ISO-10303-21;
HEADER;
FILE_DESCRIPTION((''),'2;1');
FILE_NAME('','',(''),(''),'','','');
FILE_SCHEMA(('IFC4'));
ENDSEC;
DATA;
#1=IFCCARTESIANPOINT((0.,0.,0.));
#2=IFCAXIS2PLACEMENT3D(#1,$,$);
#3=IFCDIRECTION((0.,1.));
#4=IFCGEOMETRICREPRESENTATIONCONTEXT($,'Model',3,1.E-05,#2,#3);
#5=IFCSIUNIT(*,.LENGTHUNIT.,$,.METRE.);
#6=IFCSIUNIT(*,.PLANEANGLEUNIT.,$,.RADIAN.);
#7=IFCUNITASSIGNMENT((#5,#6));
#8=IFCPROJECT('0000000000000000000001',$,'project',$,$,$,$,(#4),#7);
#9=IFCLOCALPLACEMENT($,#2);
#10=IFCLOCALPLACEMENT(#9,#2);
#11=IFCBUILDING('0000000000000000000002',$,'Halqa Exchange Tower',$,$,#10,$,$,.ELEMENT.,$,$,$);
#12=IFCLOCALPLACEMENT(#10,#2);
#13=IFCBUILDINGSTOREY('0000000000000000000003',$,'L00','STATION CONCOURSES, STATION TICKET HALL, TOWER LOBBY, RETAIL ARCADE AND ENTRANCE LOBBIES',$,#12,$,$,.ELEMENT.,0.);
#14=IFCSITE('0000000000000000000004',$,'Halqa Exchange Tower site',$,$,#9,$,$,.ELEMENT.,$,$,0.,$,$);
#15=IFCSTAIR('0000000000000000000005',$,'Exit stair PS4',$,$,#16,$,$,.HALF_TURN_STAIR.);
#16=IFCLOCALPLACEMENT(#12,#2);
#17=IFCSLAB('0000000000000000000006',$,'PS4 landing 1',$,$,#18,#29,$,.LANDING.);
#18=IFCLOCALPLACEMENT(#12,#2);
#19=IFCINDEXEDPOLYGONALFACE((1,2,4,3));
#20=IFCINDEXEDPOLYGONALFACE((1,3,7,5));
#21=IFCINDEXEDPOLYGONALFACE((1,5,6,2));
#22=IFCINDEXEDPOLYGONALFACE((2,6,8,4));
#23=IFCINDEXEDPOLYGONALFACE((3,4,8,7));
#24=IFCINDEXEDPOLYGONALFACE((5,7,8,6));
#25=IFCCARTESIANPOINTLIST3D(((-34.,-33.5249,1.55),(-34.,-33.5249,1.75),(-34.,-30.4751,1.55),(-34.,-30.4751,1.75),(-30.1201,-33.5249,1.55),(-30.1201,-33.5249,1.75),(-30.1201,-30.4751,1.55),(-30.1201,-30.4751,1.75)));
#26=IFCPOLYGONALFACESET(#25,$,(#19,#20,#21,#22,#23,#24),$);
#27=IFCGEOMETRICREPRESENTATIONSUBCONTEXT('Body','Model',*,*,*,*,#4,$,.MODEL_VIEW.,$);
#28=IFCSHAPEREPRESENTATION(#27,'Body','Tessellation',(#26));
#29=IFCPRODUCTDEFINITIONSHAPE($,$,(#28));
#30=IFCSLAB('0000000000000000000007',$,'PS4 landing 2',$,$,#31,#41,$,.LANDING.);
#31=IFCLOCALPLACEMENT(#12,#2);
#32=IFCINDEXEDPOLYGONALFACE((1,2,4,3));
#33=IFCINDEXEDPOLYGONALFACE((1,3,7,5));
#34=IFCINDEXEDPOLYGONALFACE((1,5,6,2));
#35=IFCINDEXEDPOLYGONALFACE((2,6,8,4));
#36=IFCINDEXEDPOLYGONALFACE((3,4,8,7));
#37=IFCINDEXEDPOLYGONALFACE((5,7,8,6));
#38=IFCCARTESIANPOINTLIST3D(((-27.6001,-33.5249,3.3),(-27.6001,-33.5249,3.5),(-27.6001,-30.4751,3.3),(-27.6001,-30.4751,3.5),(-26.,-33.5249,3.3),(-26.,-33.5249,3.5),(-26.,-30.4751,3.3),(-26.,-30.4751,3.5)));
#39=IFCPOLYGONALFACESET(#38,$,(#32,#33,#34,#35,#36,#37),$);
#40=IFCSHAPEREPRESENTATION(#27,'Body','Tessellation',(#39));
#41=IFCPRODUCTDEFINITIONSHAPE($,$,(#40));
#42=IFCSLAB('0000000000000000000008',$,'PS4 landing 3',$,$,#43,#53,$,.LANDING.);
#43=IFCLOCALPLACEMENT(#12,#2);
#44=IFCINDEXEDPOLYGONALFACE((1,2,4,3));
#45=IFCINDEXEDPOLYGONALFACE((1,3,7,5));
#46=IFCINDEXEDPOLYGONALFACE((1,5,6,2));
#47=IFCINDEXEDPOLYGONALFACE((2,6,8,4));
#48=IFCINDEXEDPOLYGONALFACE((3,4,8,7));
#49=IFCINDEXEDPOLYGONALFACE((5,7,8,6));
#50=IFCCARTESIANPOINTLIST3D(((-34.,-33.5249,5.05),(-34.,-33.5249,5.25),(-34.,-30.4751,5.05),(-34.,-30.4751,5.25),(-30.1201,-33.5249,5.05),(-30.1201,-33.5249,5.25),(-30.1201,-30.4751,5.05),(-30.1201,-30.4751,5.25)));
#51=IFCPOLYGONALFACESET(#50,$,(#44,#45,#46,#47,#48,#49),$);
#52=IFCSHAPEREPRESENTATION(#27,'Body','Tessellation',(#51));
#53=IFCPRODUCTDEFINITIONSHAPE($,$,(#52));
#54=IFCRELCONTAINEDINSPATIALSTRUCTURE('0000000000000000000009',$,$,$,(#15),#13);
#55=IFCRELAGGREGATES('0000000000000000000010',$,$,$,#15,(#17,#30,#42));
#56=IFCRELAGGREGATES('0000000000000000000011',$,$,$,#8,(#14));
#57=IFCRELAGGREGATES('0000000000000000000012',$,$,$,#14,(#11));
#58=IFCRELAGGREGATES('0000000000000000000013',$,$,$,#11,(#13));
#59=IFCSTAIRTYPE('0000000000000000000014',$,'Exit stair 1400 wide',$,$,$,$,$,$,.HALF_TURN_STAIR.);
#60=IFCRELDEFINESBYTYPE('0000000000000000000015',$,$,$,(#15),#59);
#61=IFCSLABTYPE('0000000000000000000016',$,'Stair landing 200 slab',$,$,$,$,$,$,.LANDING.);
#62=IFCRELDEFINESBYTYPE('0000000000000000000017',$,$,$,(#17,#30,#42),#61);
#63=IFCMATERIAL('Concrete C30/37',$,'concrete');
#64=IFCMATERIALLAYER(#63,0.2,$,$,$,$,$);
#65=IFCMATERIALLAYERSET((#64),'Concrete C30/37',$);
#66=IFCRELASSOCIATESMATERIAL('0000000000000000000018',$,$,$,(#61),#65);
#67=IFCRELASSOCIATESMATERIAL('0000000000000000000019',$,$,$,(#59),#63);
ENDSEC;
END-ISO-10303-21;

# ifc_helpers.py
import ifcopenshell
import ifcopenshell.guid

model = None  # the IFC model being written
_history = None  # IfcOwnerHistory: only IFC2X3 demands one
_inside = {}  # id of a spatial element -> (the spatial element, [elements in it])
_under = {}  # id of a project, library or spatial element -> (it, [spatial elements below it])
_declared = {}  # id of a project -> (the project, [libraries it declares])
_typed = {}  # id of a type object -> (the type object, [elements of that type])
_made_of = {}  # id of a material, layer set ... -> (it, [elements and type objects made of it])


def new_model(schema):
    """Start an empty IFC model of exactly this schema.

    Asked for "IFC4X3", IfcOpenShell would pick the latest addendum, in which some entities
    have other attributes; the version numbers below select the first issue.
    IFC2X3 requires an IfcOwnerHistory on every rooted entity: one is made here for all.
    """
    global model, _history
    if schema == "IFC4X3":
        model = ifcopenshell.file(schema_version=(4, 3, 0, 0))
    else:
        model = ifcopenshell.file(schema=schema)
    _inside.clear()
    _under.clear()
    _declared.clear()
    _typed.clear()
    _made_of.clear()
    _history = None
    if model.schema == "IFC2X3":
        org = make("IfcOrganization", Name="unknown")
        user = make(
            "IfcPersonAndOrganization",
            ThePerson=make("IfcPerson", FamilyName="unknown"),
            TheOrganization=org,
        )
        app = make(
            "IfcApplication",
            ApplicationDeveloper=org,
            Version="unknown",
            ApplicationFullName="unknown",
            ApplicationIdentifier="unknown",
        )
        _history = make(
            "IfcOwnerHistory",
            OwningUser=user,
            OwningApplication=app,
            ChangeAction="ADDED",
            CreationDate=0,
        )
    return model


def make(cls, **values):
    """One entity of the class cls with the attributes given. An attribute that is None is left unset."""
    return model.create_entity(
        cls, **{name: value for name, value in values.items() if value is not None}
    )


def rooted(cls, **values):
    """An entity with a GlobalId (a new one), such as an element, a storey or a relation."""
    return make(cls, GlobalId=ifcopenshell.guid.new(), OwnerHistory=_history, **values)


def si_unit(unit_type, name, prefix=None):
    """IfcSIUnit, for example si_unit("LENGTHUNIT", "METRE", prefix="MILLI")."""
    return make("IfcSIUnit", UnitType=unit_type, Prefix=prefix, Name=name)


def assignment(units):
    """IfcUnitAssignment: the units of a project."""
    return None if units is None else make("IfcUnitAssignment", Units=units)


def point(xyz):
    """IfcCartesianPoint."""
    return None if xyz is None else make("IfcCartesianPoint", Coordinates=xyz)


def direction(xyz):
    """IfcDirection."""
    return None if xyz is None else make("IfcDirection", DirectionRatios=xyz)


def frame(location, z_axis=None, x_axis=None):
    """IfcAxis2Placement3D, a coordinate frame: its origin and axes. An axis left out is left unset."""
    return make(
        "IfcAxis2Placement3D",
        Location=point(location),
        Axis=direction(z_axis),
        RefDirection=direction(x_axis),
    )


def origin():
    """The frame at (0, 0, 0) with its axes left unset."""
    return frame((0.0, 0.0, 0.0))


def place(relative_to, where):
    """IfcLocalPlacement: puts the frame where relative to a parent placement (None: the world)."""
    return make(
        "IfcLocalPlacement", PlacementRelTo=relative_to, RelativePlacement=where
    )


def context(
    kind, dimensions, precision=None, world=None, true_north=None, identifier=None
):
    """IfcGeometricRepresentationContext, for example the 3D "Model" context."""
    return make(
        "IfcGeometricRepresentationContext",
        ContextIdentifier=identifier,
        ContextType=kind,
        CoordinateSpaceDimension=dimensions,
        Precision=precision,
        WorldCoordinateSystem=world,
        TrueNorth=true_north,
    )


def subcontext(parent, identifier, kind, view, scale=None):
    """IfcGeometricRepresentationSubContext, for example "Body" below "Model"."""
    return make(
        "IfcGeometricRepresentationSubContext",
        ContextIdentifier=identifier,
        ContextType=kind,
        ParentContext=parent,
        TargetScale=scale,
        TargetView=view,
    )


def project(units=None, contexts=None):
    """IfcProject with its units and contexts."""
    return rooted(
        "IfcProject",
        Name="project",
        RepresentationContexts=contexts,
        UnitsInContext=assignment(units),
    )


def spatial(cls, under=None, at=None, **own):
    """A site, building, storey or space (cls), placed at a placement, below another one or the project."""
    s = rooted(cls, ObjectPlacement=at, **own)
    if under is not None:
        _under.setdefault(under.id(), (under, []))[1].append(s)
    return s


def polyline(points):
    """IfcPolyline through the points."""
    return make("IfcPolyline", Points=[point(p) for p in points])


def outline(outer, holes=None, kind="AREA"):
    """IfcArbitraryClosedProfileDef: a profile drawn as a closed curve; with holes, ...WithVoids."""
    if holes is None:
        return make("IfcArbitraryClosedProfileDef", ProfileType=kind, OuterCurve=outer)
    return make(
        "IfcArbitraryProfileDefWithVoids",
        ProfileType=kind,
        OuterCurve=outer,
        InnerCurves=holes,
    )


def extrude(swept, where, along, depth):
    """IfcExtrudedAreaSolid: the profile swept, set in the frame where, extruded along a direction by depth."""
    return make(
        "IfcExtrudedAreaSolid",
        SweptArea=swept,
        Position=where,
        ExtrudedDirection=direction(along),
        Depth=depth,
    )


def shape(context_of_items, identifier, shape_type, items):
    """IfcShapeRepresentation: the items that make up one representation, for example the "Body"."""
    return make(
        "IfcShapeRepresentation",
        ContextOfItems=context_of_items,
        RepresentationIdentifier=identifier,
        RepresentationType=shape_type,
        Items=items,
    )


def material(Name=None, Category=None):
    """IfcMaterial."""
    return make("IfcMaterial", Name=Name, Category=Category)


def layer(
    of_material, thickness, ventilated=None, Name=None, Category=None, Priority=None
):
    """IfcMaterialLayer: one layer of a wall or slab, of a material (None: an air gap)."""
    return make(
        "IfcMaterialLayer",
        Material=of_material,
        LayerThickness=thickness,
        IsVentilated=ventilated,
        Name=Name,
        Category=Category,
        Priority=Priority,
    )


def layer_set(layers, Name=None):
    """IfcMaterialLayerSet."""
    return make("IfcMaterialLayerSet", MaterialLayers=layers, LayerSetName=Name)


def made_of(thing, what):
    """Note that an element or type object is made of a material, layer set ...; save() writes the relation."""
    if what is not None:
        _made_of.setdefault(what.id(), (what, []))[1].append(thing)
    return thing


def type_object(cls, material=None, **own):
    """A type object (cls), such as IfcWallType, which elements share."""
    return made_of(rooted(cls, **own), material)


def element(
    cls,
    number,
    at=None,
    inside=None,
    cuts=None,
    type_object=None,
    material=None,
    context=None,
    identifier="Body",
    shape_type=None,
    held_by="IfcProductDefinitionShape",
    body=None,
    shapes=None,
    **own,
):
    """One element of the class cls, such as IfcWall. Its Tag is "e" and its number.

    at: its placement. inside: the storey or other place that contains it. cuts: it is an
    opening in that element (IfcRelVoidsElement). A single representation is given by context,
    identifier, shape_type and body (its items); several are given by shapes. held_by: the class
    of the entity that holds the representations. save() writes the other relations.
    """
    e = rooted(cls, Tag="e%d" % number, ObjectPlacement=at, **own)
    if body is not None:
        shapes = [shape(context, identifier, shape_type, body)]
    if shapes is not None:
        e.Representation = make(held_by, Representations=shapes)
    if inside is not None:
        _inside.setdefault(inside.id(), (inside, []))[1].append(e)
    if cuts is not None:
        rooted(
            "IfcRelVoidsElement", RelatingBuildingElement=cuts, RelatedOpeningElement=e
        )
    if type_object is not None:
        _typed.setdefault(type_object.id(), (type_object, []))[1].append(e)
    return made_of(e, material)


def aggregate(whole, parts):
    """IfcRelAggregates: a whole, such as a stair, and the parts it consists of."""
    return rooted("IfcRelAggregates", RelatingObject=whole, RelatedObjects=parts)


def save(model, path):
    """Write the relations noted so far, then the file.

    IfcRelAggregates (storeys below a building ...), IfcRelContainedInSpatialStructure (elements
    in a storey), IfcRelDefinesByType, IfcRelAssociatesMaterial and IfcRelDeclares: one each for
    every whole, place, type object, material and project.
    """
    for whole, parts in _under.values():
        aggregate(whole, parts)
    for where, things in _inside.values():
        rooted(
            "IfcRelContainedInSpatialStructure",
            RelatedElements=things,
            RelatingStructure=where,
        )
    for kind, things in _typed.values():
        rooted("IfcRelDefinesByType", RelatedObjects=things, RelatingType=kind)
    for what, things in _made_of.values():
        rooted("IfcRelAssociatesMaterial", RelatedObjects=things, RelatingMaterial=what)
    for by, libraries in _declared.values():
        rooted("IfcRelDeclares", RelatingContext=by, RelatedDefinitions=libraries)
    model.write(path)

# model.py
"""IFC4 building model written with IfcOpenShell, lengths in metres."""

from ifc_helpers import new_model, si_unit, direction, frame, origin, place, context, subcontext, project, spatial, polyline, outline, extrude, material, layer, layer_set, type_object, element, aggregate, save


model = new_model("IFC4")

# Units and contexts
model_context = context("Model", 3, precision=1e-05, world=origin(), true_north=direction((0.0, 1.0)))
body_context = subcontext(model_context, "Body", "Model", "MODEL_VIEW")
ifc_project = project(units=[si_unit("LENGTHUNIT", "METRE"), si_unit("PLANEANGLEUNIT", "RADIAN")], contexts=[model_context])

# Site, building, storey
site_placement = place(None, origin())
site = spatial("IfcSite", under=ifc_project, at=site_placement, Name="Halqa Exchange Tower site", CompositionType="ELEMENT", RefElevation=0.0)
building_placement = place(site_placement, origin())
building = spatial("IfcBuilding", under=site, at=building_placement, Name="Halqa Exchange Tower", CompositionType="ELEMENT")
storey_placement = place(building_placement, origin())
storey = spatial("IfcBuildingStorey", under=building, at=storey_placement, Name="L00", Description="STATION CONCOURSES, STATION TICKET HALL, TOWER LOBBY, RETAIL ARCADE AND ENTRANCE LOBBIES", CompositionType="ELEMENT", Elevation=0.0)

# Stair, slabs
ifc_material_1 = material(Name="Concrete C30/37", Category="concrete")
ifc_layer_1 = layer(ifc_material_1, 0.2)
ifc_layer_set_1 = layer_set([ifc_layer_1], Name="Concrete C30/37")
slab_type_1 = type_object("IfcSlabType", Name="Stair landing 200 slab", PredefinedType="LANDING", material=ifc_layer_set_1)
stair_type_1 = type_object("IfcStairType", Name="Exit stair 1400 wide", PredefinedType="HALF_TURN_STAIR", material=ifc_material_1)
stair_1_placement = place(storey_placement, origin())
stair_1 = element("IfcStair", 1, at=stair_1_placement, inside=storey, type_object=stair_type_1, Name="Exit stair PS4", PredefinedType="HALF_TURN_STAIR")
slab_1_placement = place(storey_placement, frame((0.0, 0.0, 1.55)))
slab_1 = element("IfcSlab", 2, at=slab_1_placement, type_object=slab_type_1, Name="PS4 landing 1", PredefinedType="LANDING", context=body_context, shape_type="SweptSolid", body=[
    extrude(outline(polyline([(-34.0, -33.5249), (-30.1201, -33.5249), (-30.1201, -30.4751), (-34.0, -30.4751), (-34.0, -33.5249)])), origin(), (0.0, 0.0, 1.0), 0.2),
])
slab_2_placement = place(storey_placement, frame((0.0, 0.0, 3.3)))
slab_2 = element("IfcSlab", 3, at=slab_2_placement, type_object=slab_type_1, Name="PS4 landing 2", PredefinedType="LANDING", context=body_context, shape_type="SweptSolid", body=[
    extrude(outline(polyline([(-27.6001, -33.5249), (-26.0, -33.5249), (-26.0, -30.4751), (-27.6001, -30.4751), (-27.6001, -33.5249)])), origin(), (0.0, 0.0, 1.0), 0.2),
])
slab_3_placement = place(storey_placement, frame((0.0, 0.0, 5.05)))
slab_3 = element("IfcSlab", 4, at=slab_3_placement, type_object=slab_type_1, Name="PS4 landing 3", PredefinedType="LANDING", context=body_context, shape_type="SweptSolid", body=[
    extrude(outline(polyline([(-34.0, -33.5249), (-30.1201, -33.5249), (-30.1201, -30.4751), (-34.0, -30.4751), (-34.0, -33.5249)])), origin(), (0.0, 0.0, 1.0), 0.2),
])
aggregate(stair_1, [slab_1, slab_2, slab_3])

save(model, "model.ifc")
